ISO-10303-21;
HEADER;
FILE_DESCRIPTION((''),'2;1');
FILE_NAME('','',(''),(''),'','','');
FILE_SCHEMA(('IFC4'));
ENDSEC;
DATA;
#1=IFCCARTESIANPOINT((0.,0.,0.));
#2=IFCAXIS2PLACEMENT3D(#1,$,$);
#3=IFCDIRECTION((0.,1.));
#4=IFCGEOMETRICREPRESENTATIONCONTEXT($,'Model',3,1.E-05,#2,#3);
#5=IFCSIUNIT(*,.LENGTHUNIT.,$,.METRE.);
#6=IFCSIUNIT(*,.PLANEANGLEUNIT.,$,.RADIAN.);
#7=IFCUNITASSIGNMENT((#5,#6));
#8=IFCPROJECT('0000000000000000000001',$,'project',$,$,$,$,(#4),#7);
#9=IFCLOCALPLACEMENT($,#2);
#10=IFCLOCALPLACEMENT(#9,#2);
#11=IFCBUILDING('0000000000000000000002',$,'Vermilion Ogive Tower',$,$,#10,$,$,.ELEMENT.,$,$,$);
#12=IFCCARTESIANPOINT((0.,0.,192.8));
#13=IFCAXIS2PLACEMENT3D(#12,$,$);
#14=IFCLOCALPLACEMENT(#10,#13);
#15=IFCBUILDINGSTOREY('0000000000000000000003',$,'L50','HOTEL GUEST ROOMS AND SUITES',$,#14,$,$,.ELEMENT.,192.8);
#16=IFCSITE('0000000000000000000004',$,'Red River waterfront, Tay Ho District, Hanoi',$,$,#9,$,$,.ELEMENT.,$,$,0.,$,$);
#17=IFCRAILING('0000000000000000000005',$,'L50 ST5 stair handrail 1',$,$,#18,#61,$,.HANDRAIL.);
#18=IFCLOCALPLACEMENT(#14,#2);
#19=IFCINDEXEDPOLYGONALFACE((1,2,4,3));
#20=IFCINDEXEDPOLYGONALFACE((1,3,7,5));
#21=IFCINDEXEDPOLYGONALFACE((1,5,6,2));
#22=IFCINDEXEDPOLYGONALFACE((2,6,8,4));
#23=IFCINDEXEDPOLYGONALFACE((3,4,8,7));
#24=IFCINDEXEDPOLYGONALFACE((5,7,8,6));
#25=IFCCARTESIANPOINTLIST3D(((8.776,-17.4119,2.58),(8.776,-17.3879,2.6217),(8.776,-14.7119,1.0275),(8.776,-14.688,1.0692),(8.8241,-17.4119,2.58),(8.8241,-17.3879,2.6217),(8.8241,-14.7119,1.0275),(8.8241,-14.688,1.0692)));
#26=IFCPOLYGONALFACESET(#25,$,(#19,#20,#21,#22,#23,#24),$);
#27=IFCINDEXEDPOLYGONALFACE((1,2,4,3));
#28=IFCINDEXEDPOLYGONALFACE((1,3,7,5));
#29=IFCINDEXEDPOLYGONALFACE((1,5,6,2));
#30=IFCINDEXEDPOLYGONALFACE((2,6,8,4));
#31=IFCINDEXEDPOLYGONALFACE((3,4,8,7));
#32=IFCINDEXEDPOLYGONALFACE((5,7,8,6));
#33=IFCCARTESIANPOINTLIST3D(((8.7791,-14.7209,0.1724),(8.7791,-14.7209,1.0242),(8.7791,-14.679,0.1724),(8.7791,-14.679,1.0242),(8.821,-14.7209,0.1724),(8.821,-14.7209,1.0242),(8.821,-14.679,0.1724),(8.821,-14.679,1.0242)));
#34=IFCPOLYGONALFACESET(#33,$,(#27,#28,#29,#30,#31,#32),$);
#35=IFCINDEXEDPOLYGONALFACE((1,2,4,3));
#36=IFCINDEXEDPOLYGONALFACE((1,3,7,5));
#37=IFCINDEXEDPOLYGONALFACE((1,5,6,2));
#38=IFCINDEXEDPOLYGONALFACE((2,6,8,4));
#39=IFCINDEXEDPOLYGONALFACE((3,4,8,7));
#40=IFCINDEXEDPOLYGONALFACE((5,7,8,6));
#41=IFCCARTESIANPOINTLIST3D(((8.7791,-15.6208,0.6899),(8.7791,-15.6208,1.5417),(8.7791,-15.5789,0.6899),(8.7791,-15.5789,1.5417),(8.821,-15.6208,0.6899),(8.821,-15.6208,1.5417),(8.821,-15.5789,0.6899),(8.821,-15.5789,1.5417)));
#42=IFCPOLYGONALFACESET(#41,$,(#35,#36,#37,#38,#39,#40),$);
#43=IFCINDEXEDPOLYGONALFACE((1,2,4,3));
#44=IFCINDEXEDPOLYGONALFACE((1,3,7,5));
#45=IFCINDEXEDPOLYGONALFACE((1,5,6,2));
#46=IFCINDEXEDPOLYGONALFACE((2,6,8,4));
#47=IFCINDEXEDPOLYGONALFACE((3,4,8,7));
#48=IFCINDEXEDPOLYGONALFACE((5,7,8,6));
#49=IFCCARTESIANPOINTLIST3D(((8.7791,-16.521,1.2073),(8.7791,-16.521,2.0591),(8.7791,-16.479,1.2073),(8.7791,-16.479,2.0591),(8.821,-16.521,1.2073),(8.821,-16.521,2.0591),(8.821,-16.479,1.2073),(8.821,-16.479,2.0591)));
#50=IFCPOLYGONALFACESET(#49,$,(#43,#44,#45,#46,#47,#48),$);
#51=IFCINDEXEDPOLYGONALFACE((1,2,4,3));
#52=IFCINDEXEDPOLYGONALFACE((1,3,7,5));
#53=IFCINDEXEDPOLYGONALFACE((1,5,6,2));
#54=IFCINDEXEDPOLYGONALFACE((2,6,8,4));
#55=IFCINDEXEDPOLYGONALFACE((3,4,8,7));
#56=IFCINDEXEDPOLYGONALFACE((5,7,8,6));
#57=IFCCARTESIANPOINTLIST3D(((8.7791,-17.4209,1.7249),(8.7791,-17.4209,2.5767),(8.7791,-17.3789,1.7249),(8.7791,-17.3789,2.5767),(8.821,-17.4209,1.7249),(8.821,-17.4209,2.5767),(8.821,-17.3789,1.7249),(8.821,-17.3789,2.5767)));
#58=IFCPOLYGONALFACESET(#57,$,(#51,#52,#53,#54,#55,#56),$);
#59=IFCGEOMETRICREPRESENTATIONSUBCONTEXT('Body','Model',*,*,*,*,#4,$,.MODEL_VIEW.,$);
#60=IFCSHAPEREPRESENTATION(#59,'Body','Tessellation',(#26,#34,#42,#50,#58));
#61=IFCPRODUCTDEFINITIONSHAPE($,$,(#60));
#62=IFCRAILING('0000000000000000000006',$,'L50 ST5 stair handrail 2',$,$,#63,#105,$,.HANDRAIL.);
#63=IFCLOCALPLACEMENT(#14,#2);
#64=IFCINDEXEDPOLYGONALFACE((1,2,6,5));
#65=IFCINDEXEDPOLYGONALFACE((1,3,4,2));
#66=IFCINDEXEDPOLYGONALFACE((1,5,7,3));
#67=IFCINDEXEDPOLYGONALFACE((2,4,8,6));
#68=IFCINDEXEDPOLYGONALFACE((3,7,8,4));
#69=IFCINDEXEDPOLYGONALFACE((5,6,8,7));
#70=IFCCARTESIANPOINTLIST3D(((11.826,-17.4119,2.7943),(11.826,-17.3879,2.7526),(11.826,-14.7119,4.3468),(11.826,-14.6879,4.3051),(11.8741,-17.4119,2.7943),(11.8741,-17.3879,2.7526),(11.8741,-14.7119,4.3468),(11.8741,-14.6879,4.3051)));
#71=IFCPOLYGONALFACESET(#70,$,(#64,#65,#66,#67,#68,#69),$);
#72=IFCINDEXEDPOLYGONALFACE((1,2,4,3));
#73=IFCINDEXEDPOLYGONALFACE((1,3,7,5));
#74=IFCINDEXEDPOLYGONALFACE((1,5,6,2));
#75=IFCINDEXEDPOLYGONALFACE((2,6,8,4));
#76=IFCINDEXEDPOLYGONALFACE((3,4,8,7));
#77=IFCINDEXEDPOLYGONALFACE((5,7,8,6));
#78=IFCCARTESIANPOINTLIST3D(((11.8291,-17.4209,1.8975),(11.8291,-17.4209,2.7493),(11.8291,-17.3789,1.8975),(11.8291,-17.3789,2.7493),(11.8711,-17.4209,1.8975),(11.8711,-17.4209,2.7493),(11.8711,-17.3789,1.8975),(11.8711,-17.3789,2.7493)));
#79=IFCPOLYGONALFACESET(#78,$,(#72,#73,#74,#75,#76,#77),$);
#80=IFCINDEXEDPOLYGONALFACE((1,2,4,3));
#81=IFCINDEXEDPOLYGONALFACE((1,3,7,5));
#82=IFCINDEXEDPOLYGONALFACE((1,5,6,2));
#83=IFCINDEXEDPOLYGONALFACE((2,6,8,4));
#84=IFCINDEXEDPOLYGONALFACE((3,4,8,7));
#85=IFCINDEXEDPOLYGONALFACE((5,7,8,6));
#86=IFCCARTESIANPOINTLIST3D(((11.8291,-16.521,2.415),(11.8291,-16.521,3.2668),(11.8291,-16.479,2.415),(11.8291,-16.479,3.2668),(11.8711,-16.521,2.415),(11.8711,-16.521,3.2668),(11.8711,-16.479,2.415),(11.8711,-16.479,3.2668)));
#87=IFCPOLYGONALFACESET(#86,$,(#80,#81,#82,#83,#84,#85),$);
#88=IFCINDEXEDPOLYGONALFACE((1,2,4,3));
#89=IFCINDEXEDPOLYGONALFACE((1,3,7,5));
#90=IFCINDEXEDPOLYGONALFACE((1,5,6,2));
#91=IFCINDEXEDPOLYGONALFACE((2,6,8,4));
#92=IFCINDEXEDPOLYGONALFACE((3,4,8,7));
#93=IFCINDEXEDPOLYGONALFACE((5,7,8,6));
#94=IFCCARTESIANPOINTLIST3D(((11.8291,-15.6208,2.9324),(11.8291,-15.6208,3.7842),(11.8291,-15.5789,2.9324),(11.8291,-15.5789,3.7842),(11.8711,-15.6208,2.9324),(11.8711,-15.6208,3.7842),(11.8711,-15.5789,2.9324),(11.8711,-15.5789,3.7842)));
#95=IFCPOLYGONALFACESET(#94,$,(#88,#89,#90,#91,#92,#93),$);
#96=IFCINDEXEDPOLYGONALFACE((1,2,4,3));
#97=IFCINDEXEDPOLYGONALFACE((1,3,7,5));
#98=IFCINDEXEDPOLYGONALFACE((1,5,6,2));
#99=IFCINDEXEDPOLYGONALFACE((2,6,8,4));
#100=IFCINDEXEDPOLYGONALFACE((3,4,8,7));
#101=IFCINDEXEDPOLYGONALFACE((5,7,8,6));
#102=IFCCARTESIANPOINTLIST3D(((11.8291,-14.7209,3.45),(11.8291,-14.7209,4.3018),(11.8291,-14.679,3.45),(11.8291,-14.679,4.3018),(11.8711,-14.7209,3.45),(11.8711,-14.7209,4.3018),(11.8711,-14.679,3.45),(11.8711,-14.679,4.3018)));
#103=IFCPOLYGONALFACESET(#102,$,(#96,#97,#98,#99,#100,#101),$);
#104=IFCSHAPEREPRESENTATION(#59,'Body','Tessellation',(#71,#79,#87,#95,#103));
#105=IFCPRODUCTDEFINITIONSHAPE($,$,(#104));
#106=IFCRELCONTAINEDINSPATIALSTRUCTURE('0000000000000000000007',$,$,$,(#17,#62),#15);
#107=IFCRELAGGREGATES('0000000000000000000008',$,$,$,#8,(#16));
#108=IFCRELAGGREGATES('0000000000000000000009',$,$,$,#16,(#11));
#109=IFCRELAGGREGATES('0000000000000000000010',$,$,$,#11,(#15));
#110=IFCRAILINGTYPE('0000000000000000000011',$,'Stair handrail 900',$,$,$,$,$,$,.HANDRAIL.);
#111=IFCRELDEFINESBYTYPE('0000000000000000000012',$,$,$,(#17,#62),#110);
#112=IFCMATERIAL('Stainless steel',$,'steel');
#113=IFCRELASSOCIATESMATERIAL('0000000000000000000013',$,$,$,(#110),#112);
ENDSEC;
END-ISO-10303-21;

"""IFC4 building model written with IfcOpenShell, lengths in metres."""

from ifc_helpers import new_model, si_unit, direction, frame, origin, origin_2d, place, context, subcontext, project, spatial, rectangle, extrude, material, type_object, element, save


model = new_model("IFC4")

# Units and contexts
model_context = context("Model", 3, precision=1e-05, world=origin(), true_north=direction((0.0, 1.0)))
body_context = subcontext(model_context, "Body", "Model", "MODEL_VIEW")
ifc_project = project(units=[si_unit("LENGTHUNIT", "METRE"), si_unit("PLANEANGLEUNIT", "RADIAN")], contexts=[model_context])

# Site, building, storey
site_placement = place(None, origin())
site = spatial("IfcSite", under=ifc_project, at=site_placement, Name="Red River waterfront, Tay Ho District, Hanoi", CompositionType="ELEMENT", RefElevation=0.0)
building_placement = place(site_placement, origin())
building = spatial("IfcBuilding", under=site, at=building_placement, Name="Vermilion Ogive Tower", CompositionType="ELEMENT")
storey_placement = place(building_placement, frame((0.0, 0.0, 192.8)))
storey = spatial("IfcBuildingStorey", under=building, at=storey_placement, Name="L50", Description="HOTEL GUEST ROOMS AND SUITES", CompositionType="ELEMENT", Elevation=192.8)

# Railings
ifc_material_1 = material(Name="Stainless steel", Category="steel")
railing_type_1 = type_object("IfcRailingType", Name="Stair handrail 900", PredefinedType="HANDRAIL", material=ifc_material_1)
railing_1_placement = place(storey_placement, frame((8.8, -14.7, 0.1724)))
element("IfcRailing", 1, at=railing_1_placement, inside=storey, type_object=railing_type_1, Name="L50 ST5 stair handrail 1", PredefinedType="HANDRAIL", context=body_context, shape_type="SweptSolid", body=[
    extrude(rectangle(XDim=0.0481, YDim=0.0481, at=origin_2d()), frame((0.0, 0.0, 0.876), z_axis=(0.0, -0.866904, 0.498476), x_axis=(1.0, 0.0, 0.0)), (0.0, 0.0, 1.0), 3.1145),
    extrude(rectangle(XDim=0.042, YDim=0.042, at=origin_2d()), origin(), (0.0, 0.0, 1.0), 0.8518),
    extrude(rectangle(XDim=0.042, YDim=0.042, at=origin_2d()), frame((0.0, -0.8999, 0.5176)), (0.0, 0.0, 1.0), 0.8518),
    extrude(rectangle(XDim=0.042, YDim=0.042, at=origin_2d()), frame((0.0, -1.8, 1.0349)), (0.0, 0.0, 1.0), 0.8518),
    extrude(rectangle(XDim=0.042, YDim=0.042, at=origin_2d()), frame((0.0, -2.7, 1.5525)), (0.0, 0.0, 1.0), 0.8518),
])
railing_2_placement = place(storey_placement, frame((11.8501, -17.3999, 1.8975)))
element("IfcRailing", 2, at=railing_2_placement, inside=storey, type_object=railing_type_1, Name="L50 ST5 stair handrail 2", PredefinedType="HANDRAIL", context=body_context, shape_type="SweptSolid", body=[
    extrude(rectangle(XDim=0.0481, YDim=0.0481, at=origin_2d()), frame((0.0, 0.0, 0.876), z_axis=(0.0, 0.866904, 0.498476), x_axis=(-1.0, 0.0, 0.0)), (0.0, 0.0, 1.0), 3.1145),
    extrude(rectangle(XDim=0.042, YDim=0.042, at=origin_2d()), origin(), (0.0, 0.0, 1.0), 0.8518),
    extrude(rectangle(XDim=0.042, YDim=0.042, at=origin_2d()), frame((0.0, 0.8999, 0.5176)), (0.0, 0.0, 1.0), 0.8518),
    extrude(rectangle(XDim=0.042, YDim=0.042, at=origin_2d()), frame((0.0, 1.8, 1.0349)), (0.0, 0.0, 1.0), 0.8518),
    extrude(rectangle(XDim=0.042, YDim=0.042, at=origin_2d()), frame((0.0, 2.7, 1.5525)), (0.0, 0.0, 1.0), 0.8518),
])

save(model, "model.ifc")
